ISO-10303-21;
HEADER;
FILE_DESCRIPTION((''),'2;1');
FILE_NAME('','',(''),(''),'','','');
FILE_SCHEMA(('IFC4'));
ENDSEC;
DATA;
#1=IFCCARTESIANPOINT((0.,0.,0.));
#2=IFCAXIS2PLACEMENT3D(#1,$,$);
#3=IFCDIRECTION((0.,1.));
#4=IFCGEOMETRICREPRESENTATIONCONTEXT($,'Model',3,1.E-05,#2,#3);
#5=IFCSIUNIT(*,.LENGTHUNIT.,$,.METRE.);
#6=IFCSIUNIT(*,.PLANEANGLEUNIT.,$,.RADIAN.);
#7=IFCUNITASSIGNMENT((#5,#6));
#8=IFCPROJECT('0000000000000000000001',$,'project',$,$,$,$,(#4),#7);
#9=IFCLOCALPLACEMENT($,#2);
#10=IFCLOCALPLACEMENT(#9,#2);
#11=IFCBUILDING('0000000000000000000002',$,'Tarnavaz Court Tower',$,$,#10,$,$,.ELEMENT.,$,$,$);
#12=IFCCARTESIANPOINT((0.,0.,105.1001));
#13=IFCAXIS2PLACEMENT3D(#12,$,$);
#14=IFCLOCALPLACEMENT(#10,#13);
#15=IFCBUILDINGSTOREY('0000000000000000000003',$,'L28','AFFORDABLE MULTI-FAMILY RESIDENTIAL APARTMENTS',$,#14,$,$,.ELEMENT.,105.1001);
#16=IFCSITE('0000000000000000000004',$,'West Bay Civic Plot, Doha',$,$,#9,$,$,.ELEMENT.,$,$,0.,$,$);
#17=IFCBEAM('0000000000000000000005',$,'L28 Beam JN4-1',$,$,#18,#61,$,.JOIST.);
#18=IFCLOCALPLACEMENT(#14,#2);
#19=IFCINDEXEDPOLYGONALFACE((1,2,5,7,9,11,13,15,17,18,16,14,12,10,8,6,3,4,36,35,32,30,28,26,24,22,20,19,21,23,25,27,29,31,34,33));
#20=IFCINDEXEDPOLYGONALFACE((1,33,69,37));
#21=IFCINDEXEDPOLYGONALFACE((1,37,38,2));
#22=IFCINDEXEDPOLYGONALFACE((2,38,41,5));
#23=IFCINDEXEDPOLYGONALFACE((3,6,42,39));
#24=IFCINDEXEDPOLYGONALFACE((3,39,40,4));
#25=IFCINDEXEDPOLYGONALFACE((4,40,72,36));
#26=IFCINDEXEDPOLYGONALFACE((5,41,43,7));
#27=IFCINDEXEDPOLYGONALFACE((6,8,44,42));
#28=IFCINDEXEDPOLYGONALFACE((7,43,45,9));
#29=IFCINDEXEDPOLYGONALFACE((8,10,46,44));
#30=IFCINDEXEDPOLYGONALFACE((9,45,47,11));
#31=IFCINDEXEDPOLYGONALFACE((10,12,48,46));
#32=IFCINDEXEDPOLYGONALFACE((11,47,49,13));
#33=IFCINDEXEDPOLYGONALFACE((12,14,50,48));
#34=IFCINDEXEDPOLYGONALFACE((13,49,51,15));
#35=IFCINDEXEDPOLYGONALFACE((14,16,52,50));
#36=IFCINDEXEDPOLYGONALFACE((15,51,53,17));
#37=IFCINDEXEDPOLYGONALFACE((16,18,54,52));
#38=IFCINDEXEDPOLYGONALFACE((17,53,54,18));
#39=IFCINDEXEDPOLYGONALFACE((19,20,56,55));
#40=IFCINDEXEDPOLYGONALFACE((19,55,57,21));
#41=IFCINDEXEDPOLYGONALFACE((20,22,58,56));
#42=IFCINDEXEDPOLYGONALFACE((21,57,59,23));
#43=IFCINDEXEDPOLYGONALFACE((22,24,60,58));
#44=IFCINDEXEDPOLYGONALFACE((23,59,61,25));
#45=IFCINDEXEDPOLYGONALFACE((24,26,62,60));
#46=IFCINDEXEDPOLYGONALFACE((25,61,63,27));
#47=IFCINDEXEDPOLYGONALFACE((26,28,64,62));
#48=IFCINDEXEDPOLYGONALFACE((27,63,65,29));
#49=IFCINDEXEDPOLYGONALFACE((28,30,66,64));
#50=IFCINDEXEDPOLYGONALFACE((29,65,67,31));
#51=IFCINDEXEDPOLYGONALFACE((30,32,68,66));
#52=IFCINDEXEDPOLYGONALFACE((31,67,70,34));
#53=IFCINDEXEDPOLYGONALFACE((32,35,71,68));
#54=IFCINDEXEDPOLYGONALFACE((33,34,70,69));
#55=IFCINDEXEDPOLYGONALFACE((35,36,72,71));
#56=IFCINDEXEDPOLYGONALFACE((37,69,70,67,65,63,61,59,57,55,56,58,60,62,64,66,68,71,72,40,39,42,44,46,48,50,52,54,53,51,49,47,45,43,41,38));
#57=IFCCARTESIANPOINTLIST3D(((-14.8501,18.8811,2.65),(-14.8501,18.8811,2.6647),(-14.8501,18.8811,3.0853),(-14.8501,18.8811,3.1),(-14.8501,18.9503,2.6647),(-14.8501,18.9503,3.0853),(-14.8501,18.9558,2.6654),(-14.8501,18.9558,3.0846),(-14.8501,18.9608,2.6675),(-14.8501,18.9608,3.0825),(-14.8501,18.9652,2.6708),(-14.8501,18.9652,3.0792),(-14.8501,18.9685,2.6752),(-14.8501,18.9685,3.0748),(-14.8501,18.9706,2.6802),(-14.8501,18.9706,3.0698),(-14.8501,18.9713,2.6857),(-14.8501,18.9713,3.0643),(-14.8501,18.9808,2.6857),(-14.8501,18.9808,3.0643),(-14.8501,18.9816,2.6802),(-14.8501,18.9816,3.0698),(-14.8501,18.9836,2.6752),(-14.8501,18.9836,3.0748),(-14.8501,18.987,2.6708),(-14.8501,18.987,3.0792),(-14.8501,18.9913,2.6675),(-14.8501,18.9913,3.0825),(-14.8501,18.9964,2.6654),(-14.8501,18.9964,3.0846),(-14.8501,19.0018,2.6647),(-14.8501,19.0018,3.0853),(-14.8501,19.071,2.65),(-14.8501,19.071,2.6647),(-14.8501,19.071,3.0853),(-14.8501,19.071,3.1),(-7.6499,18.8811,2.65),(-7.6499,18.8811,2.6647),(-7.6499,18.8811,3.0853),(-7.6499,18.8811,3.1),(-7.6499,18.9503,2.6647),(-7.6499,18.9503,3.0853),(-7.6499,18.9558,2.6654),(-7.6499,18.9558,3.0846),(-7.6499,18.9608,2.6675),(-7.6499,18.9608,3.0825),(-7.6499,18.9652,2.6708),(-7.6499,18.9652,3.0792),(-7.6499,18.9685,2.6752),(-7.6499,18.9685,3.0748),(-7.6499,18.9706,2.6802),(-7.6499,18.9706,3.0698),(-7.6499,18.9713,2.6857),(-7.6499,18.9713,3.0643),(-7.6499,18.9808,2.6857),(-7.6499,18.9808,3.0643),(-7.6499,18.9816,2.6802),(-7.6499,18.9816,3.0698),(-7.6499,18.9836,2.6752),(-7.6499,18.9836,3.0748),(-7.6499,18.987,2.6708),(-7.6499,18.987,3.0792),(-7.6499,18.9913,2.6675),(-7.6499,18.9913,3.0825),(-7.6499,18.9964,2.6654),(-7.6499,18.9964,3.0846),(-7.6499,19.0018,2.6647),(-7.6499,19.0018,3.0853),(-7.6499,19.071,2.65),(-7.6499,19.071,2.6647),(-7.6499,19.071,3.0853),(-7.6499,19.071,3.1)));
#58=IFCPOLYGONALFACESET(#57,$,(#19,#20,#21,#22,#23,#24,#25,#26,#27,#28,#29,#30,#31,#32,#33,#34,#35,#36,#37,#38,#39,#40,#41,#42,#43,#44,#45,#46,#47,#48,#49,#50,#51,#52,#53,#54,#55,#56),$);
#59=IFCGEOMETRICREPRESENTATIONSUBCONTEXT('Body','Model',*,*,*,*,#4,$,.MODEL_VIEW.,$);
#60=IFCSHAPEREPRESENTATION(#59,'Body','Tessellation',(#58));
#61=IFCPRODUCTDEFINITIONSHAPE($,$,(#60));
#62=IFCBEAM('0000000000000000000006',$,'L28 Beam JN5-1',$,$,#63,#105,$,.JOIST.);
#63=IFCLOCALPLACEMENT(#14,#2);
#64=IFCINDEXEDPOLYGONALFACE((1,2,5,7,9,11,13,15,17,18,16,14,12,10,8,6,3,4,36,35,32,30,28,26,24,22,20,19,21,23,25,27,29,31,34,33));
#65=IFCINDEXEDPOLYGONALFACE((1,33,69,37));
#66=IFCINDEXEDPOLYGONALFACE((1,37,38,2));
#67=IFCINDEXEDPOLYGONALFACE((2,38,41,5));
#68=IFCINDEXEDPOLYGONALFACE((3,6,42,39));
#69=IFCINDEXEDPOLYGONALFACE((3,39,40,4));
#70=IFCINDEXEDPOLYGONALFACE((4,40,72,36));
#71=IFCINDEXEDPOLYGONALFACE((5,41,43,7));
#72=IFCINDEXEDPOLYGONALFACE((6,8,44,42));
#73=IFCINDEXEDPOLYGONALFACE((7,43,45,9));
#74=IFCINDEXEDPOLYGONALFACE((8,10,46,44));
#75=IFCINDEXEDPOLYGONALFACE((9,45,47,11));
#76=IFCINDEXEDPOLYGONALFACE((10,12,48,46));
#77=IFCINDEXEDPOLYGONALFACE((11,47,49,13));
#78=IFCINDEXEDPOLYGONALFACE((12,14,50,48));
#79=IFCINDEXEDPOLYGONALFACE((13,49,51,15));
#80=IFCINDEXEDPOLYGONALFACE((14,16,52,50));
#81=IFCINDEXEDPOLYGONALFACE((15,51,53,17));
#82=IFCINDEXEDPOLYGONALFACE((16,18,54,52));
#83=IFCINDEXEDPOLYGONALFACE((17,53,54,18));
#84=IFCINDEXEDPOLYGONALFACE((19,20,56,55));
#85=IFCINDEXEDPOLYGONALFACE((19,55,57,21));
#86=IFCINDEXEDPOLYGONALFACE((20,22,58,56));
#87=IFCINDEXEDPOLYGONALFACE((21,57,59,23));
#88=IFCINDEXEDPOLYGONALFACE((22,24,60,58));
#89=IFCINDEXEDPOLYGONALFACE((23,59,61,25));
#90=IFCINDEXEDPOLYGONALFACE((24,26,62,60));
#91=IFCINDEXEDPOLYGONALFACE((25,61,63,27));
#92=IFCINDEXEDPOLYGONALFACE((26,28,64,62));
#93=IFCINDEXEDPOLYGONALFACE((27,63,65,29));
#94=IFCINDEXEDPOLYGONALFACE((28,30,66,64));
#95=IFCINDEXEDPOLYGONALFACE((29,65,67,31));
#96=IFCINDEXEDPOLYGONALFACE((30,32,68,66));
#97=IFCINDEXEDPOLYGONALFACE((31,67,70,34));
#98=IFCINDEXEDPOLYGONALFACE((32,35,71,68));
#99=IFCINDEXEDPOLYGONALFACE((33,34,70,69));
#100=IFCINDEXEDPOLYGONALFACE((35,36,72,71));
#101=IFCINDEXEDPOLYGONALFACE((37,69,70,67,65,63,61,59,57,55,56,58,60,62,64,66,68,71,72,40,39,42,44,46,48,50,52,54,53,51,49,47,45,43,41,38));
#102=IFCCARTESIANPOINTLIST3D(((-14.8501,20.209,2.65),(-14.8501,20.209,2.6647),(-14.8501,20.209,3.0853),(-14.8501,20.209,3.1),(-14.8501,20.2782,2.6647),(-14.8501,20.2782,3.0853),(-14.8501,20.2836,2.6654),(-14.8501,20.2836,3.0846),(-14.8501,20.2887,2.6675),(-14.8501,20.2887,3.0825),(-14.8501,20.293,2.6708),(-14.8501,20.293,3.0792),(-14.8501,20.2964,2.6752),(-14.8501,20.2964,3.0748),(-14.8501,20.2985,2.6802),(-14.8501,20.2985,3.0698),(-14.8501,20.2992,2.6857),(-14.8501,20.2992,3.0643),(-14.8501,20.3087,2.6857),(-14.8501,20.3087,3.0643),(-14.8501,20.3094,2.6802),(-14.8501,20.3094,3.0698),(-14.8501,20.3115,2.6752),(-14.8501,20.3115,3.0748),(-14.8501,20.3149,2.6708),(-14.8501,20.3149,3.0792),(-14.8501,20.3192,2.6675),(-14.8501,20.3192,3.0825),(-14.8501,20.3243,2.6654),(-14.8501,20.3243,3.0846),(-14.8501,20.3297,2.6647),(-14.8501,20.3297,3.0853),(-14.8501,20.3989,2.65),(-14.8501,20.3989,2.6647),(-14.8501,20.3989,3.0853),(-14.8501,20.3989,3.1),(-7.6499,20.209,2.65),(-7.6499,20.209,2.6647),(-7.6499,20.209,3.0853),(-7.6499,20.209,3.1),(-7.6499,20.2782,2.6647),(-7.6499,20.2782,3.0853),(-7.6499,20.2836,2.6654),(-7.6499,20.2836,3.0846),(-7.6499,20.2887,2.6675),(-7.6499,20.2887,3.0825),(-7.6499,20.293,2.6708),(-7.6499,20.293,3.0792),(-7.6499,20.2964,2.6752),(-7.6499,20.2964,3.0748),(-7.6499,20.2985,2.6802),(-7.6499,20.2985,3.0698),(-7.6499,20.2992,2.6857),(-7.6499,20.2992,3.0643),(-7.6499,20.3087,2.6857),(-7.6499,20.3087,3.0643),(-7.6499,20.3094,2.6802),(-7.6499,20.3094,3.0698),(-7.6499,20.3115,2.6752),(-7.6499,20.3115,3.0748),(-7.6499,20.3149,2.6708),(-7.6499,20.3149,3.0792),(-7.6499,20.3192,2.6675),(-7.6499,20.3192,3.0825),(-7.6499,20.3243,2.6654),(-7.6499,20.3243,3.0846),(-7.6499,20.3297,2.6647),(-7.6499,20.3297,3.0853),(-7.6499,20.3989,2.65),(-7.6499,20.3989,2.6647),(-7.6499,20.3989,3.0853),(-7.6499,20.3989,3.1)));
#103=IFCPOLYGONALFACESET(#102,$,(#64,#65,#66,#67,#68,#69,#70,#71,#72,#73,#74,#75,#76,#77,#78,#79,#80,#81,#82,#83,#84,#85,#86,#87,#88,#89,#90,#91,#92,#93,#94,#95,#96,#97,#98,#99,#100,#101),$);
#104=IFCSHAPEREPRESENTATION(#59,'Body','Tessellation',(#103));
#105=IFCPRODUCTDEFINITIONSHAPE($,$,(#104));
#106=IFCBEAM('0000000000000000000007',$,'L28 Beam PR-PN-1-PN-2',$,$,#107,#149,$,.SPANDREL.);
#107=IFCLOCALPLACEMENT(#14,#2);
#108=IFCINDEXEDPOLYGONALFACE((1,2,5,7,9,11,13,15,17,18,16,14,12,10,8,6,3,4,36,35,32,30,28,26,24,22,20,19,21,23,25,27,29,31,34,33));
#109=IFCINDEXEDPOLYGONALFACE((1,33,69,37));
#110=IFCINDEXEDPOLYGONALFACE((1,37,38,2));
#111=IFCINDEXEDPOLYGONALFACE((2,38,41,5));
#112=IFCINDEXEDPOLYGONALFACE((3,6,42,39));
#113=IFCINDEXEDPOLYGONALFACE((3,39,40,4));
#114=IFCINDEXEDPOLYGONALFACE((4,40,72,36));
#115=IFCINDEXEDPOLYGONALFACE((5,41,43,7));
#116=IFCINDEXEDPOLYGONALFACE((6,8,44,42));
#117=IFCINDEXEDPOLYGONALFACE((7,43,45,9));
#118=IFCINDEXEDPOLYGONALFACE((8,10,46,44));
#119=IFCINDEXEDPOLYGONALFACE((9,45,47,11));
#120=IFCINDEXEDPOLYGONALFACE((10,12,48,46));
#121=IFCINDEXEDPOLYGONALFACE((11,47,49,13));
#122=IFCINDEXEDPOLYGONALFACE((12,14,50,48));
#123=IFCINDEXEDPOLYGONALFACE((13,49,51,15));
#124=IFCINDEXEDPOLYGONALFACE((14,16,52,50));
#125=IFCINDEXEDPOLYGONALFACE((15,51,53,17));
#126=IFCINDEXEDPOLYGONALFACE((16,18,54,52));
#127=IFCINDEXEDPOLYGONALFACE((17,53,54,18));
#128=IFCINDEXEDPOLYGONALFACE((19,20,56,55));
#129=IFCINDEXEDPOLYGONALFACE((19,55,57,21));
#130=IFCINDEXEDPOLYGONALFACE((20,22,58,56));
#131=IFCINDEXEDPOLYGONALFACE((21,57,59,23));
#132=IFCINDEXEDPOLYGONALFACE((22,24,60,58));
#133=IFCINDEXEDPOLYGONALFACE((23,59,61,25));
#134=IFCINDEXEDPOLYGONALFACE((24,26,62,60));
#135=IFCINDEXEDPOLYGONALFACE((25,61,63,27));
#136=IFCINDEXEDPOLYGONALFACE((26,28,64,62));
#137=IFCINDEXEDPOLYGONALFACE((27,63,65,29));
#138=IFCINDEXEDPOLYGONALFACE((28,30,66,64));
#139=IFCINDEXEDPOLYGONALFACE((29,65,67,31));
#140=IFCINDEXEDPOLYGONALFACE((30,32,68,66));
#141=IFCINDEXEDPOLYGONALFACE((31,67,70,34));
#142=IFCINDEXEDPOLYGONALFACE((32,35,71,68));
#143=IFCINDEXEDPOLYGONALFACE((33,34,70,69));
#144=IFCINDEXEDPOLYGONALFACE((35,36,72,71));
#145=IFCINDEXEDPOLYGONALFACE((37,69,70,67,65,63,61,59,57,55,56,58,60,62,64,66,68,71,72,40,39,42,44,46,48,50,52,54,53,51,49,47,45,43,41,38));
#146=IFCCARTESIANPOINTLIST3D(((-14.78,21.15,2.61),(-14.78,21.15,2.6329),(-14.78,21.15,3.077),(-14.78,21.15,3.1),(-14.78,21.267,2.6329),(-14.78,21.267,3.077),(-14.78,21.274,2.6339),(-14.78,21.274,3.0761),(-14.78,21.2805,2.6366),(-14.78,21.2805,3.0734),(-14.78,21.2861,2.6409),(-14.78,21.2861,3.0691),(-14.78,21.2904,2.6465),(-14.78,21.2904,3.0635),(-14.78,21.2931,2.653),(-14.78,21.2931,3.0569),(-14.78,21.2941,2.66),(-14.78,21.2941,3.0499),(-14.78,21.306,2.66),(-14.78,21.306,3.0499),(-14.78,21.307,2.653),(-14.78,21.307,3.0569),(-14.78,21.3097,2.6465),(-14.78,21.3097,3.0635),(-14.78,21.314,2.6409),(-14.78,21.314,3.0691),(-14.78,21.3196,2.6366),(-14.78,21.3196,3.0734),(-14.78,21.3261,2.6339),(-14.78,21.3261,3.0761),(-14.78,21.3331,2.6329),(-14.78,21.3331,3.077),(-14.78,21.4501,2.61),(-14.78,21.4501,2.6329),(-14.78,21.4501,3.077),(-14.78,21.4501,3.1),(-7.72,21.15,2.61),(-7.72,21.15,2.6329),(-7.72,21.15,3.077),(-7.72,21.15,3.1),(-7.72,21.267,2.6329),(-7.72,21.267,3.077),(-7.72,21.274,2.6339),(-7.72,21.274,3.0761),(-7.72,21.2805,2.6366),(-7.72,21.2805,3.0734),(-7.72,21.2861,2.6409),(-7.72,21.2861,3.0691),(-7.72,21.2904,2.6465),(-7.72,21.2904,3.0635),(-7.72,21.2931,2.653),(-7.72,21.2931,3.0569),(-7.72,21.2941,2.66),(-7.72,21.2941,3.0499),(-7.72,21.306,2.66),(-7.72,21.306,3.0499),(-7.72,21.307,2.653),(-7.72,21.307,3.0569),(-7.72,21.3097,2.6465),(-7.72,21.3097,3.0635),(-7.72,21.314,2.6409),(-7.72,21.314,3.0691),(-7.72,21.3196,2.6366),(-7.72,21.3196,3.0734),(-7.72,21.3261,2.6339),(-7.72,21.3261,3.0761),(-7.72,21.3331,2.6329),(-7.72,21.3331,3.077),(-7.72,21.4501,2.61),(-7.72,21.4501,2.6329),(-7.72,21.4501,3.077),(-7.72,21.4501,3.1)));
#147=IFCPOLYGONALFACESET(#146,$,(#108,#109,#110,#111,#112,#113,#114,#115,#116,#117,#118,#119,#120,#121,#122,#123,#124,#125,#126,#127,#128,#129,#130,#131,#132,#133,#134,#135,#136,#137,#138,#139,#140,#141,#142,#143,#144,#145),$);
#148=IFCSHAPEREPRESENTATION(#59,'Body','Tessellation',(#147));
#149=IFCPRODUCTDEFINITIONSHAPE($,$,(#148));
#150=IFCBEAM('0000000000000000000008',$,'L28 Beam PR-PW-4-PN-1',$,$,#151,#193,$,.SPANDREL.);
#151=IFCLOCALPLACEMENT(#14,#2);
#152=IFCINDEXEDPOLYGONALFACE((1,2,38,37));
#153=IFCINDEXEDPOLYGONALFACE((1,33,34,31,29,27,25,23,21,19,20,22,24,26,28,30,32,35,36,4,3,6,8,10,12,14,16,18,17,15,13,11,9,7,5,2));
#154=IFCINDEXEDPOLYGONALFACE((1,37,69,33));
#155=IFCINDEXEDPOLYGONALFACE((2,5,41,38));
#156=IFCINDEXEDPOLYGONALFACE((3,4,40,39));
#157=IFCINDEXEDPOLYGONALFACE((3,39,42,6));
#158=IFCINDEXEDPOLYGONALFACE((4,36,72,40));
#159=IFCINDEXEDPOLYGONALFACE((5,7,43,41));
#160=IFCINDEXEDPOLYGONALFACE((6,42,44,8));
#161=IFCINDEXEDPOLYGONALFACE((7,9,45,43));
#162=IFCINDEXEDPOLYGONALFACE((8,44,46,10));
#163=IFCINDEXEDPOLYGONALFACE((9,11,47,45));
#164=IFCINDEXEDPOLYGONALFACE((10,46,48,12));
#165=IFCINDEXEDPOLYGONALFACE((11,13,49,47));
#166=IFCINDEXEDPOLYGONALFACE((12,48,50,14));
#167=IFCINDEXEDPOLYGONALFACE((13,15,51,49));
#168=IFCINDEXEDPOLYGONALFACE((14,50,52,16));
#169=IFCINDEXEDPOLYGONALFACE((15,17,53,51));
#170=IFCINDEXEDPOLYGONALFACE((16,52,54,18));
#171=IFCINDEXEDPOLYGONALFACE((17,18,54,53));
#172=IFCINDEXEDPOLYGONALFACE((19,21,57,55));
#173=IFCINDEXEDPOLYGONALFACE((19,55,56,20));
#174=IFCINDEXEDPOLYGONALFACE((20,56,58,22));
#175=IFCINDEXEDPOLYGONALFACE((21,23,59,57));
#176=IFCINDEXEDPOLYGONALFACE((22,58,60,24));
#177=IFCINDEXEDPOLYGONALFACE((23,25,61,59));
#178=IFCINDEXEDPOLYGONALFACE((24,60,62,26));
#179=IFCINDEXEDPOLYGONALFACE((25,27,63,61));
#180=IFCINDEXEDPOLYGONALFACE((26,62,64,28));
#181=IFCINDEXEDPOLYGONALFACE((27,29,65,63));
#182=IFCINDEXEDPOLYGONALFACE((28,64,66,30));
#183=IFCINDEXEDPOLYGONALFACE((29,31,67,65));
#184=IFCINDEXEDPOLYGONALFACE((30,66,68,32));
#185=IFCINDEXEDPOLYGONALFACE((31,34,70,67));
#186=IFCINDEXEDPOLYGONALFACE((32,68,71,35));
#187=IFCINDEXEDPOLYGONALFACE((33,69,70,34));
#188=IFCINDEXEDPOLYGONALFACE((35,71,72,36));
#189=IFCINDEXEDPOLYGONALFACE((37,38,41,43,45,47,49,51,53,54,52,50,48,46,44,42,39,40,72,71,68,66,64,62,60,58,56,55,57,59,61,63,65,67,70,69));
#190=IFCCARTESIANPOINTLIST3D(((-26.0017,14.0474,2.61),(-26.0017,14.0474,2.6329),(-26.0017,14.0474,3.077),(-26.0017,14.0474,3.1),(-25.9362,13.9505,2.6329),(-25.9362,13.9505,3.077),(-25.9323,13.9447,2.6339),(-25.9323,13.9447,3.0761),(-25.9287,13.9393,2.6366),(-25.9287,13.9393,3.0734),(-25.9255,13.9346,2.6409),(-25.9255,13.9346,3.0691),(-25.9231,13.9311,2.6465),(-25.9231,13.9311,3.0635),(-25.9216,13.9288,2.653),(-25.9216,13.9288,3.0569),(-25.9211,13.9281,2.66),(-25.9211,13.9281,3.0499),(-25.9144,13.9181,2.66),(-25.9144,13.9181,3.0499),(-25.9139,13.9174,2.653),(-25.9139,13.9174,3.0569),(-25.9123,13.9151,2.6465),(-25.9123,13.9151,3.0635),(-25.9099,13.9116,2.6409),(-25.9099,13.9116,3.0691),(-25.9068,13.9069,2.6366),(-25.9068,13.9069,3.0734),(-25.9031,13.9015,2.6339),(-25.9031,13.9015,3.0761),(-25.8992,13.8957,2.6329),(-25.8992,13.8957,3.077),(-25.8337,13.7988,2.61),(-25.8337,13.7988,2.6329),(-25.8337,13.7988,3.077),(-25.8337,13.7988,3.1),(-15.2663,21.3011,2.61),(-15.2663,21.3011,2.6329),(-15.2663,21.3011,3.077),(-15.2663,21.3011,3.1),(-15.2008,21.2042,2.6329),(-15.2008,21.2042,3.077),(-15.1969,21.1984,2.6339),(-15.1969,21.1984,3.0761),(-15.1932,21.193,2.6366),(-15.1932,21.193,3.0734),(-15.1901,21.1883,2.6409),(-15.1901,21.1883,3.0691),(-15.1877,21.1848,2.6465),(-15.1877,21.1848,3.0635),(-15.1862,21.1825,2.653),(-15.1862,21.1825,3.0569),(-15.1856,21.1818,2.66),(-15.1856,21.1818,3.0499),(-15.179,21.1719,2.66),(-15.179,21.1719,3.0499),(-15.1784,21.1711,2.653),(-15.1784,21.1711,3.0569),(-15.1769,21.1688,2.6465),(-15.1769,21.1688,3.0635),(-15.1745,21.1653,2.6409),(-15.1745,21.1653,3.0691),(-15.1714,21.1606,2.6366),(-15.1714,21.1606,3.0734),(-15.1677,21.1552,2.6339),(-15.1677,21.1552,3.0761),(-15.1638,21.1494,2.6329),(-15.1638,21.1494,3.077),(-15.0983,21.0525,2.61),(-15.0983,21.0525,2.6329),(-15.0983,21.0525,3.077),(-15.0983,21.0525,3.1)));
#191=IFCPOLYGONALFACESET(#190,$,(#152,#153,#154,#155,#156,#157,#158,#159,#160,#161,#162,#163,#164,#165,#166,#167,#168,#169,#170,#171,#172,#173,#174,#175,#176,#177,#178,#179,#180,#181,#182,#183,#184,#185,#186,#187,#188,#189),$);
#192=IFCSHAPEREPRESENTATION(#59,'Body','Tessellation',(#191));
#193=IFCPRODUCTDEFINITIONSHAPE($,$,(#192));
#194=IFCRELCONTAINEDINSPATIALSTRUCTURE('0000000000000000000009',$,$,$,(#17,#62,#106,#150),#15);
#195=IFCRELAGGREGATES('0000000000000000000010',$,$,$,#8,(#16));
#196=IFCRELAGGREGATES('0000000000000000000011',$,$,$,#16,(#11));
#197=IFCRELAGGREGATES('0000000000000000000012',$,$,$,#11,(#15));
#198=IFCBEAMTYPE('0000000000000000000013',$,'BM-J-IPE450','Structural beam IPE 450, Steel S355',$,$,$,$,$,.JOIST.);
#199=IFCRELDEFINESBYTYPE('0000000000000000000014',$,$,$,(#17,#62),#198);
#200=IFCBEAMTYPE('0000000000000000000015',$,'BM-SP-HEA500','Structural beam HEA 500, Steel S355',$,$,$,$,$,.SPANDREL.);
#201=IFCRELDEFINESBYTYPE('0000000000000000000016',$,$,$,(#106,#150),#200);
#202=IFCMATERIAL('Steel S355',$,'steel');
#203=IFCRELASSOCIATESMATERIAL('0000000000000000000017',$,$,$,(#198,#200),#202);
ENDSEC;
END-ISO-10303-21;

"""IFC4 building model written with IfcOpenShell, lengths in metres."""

from ifc_helpers import new_model, si_unit, direction, frame, origin, origin_2d, place, context, subcontext, project, spatial, i_section, extrude, material, material_profile, profile_set, type_object, element, save


model = new_model("IFC4")

# Units and contexts
model_context = context("Model", 3, precision=1e-05, world=origin(), true_north=direction((0.0, 1.0)))
body_context = subcontext(model_context, "Body", "Model", "MODEL_VIEW")
ifc_project = project(units=[si_unit("LENGTHUNIT", "METRE"), si_unit("PLANEANGLEUNIT", "RADIAN")], contexts=[model_context])

# Site, building, storey
site_placement = place(None, origin())
site = spatial("IfcSite", under=ifc_project, at=site_placement, Name="West Bay Civic Plot, Doha", CompositionType="ELEMENT", RefElevation=0.0)
building_placement = place(site_placement, origin())
building = spatial("IfcBuilding", under=site, at=building_placement, Name="Tarnavaz Court Tower", CompositionType="ELEMENT")
storey_placement = place(building_placement, frame((0.0, 0.0, 105.1001)))
storey = spatial("IfcBuildingStorey", under=building, at=storey_placement, Name="L28", Description="AFFORDABLE MULTI-FAMILY RESIDENTIAL APARTMENTS", CompositionType="ELEMENT", Elevation=105.1001)

# Beams
ifc_material_1 = material(Name="Steel S355", Category="steel")
ifc_material_profile_1 = material_profile(ifc_material_1, i_section(OverallWidth=0.1899, OverallDepth=0.45, WebThickness=0.0095, FlangeThickness=0.0146, FilletRadius=0.021, at=origin_2d()), Name="IPE 450")
ifc_profile_set_1 = profile_set([ifc_material_profile_1], Name="Steel S355")
beam_type_1 = type_object("IfcBeamType", Name="BM-J-IPE450", Description="Structural beam IPE 450, Steel S355", PredefinedType="JOIST", material=ifc_profile_set_1)
for number, where, z_axis, x_axis, name in (
    (1, (-14.8501, 18.9761, 2.875), (1.0, 0.0, 0.0), (0.0, 1.0, 0.0), "L28 Beam JN4-1"),
    (2, (-14.8501, 20.304, 2.875), (1.0, 0.0, 0.0), (0.0, 1.0, 0.0), "L28 Beam JN5-1"),
):
    element("IfcBeam", number, at=place(storey_placement, frame(where, z_axis=z_axis, x_axis=x_axis)), inside=storey, type_object=beam_type_1, Name=name, PredefinedType="JOIST", context=body_context, shape_type="SweptSolid", body=[
        extrude(i_section(OverallWidth=0.1899, OverallDepth=0.45, WebThickness=0.0095, FlangeThickness=0.0146, FilletRadius=0.021, at=origin_2d()), origin(), (0.0, 0.0, 1.0), 7.2002),
    ])
ifc_material_profile_2 = material_profile(ifc_material_1, i_section(OverallWidth=0.3, OverallDepth=0.49, WebThickness=0.012, FlangeThickness=0.0229, FilletRadius=0.0271, at=origin_2d()), Name="HEA 500")
ifc_profile_set_2 = profile_set([ifc_material_profile_2], Name="Steel S355")
beam_type_2 = type_object("IfcBeamType", Name="BM-SP-HEA500", Description="Structural beam HEA 500, Steel S355", PredefinedType="SPANDREL", material=ifc_profile_set_2)
beam_1_placement = place(storey_placement, frame((-14.78, 21.3, 2.855), z_axis=(1.0, 0.0, 0.0), x_axis=(0.0, 1.0, 0.0)))
element("IfcBeam", 3, at=beam_1_placement, inside=storey, type_object=beam_type_2, Name="L28 Beam PR-PN-1-PN-2", PredefinedType="SPANDREL", context=body_context, shape_type="SweptSolid", body=[
    extrude(i_section(OverallWidth=0.3, OverallDepth=0.49, WebThickness=0.012, FlangeThickness=0.0229, FilletRadius=0.0271, at=origin_2d()), origin(), (0.0, 0.0, 1.0), 7.0601),
])
beam_2_placement = place(storey_placement, frame((-25.9177, 13.9231, 2.855), z_axis=(0.828587, 0.55986, 0.0), x_axis=(-0.55986, 0.828587, 0.0)))
element("IfcBeam", 4, at=beam_2_placement, inside=storey, type_object=beam_type_2, Name="L28 Beam PR-PW-4-PN-1", PredefinedType="SPANDREL", context=body_context, shape_type="SweptSolid", body=[
    extrude(i_section(OverallWidth=0.3, OverallDepth=0.49, WebThickness=0.012, FlangeThickness=0.0229, FilletRadius=0.0271, at=origin_2d()), origin(), (0.0, 0.0, 1.0), 12.9563),
])

save(model, "model.ifc")
